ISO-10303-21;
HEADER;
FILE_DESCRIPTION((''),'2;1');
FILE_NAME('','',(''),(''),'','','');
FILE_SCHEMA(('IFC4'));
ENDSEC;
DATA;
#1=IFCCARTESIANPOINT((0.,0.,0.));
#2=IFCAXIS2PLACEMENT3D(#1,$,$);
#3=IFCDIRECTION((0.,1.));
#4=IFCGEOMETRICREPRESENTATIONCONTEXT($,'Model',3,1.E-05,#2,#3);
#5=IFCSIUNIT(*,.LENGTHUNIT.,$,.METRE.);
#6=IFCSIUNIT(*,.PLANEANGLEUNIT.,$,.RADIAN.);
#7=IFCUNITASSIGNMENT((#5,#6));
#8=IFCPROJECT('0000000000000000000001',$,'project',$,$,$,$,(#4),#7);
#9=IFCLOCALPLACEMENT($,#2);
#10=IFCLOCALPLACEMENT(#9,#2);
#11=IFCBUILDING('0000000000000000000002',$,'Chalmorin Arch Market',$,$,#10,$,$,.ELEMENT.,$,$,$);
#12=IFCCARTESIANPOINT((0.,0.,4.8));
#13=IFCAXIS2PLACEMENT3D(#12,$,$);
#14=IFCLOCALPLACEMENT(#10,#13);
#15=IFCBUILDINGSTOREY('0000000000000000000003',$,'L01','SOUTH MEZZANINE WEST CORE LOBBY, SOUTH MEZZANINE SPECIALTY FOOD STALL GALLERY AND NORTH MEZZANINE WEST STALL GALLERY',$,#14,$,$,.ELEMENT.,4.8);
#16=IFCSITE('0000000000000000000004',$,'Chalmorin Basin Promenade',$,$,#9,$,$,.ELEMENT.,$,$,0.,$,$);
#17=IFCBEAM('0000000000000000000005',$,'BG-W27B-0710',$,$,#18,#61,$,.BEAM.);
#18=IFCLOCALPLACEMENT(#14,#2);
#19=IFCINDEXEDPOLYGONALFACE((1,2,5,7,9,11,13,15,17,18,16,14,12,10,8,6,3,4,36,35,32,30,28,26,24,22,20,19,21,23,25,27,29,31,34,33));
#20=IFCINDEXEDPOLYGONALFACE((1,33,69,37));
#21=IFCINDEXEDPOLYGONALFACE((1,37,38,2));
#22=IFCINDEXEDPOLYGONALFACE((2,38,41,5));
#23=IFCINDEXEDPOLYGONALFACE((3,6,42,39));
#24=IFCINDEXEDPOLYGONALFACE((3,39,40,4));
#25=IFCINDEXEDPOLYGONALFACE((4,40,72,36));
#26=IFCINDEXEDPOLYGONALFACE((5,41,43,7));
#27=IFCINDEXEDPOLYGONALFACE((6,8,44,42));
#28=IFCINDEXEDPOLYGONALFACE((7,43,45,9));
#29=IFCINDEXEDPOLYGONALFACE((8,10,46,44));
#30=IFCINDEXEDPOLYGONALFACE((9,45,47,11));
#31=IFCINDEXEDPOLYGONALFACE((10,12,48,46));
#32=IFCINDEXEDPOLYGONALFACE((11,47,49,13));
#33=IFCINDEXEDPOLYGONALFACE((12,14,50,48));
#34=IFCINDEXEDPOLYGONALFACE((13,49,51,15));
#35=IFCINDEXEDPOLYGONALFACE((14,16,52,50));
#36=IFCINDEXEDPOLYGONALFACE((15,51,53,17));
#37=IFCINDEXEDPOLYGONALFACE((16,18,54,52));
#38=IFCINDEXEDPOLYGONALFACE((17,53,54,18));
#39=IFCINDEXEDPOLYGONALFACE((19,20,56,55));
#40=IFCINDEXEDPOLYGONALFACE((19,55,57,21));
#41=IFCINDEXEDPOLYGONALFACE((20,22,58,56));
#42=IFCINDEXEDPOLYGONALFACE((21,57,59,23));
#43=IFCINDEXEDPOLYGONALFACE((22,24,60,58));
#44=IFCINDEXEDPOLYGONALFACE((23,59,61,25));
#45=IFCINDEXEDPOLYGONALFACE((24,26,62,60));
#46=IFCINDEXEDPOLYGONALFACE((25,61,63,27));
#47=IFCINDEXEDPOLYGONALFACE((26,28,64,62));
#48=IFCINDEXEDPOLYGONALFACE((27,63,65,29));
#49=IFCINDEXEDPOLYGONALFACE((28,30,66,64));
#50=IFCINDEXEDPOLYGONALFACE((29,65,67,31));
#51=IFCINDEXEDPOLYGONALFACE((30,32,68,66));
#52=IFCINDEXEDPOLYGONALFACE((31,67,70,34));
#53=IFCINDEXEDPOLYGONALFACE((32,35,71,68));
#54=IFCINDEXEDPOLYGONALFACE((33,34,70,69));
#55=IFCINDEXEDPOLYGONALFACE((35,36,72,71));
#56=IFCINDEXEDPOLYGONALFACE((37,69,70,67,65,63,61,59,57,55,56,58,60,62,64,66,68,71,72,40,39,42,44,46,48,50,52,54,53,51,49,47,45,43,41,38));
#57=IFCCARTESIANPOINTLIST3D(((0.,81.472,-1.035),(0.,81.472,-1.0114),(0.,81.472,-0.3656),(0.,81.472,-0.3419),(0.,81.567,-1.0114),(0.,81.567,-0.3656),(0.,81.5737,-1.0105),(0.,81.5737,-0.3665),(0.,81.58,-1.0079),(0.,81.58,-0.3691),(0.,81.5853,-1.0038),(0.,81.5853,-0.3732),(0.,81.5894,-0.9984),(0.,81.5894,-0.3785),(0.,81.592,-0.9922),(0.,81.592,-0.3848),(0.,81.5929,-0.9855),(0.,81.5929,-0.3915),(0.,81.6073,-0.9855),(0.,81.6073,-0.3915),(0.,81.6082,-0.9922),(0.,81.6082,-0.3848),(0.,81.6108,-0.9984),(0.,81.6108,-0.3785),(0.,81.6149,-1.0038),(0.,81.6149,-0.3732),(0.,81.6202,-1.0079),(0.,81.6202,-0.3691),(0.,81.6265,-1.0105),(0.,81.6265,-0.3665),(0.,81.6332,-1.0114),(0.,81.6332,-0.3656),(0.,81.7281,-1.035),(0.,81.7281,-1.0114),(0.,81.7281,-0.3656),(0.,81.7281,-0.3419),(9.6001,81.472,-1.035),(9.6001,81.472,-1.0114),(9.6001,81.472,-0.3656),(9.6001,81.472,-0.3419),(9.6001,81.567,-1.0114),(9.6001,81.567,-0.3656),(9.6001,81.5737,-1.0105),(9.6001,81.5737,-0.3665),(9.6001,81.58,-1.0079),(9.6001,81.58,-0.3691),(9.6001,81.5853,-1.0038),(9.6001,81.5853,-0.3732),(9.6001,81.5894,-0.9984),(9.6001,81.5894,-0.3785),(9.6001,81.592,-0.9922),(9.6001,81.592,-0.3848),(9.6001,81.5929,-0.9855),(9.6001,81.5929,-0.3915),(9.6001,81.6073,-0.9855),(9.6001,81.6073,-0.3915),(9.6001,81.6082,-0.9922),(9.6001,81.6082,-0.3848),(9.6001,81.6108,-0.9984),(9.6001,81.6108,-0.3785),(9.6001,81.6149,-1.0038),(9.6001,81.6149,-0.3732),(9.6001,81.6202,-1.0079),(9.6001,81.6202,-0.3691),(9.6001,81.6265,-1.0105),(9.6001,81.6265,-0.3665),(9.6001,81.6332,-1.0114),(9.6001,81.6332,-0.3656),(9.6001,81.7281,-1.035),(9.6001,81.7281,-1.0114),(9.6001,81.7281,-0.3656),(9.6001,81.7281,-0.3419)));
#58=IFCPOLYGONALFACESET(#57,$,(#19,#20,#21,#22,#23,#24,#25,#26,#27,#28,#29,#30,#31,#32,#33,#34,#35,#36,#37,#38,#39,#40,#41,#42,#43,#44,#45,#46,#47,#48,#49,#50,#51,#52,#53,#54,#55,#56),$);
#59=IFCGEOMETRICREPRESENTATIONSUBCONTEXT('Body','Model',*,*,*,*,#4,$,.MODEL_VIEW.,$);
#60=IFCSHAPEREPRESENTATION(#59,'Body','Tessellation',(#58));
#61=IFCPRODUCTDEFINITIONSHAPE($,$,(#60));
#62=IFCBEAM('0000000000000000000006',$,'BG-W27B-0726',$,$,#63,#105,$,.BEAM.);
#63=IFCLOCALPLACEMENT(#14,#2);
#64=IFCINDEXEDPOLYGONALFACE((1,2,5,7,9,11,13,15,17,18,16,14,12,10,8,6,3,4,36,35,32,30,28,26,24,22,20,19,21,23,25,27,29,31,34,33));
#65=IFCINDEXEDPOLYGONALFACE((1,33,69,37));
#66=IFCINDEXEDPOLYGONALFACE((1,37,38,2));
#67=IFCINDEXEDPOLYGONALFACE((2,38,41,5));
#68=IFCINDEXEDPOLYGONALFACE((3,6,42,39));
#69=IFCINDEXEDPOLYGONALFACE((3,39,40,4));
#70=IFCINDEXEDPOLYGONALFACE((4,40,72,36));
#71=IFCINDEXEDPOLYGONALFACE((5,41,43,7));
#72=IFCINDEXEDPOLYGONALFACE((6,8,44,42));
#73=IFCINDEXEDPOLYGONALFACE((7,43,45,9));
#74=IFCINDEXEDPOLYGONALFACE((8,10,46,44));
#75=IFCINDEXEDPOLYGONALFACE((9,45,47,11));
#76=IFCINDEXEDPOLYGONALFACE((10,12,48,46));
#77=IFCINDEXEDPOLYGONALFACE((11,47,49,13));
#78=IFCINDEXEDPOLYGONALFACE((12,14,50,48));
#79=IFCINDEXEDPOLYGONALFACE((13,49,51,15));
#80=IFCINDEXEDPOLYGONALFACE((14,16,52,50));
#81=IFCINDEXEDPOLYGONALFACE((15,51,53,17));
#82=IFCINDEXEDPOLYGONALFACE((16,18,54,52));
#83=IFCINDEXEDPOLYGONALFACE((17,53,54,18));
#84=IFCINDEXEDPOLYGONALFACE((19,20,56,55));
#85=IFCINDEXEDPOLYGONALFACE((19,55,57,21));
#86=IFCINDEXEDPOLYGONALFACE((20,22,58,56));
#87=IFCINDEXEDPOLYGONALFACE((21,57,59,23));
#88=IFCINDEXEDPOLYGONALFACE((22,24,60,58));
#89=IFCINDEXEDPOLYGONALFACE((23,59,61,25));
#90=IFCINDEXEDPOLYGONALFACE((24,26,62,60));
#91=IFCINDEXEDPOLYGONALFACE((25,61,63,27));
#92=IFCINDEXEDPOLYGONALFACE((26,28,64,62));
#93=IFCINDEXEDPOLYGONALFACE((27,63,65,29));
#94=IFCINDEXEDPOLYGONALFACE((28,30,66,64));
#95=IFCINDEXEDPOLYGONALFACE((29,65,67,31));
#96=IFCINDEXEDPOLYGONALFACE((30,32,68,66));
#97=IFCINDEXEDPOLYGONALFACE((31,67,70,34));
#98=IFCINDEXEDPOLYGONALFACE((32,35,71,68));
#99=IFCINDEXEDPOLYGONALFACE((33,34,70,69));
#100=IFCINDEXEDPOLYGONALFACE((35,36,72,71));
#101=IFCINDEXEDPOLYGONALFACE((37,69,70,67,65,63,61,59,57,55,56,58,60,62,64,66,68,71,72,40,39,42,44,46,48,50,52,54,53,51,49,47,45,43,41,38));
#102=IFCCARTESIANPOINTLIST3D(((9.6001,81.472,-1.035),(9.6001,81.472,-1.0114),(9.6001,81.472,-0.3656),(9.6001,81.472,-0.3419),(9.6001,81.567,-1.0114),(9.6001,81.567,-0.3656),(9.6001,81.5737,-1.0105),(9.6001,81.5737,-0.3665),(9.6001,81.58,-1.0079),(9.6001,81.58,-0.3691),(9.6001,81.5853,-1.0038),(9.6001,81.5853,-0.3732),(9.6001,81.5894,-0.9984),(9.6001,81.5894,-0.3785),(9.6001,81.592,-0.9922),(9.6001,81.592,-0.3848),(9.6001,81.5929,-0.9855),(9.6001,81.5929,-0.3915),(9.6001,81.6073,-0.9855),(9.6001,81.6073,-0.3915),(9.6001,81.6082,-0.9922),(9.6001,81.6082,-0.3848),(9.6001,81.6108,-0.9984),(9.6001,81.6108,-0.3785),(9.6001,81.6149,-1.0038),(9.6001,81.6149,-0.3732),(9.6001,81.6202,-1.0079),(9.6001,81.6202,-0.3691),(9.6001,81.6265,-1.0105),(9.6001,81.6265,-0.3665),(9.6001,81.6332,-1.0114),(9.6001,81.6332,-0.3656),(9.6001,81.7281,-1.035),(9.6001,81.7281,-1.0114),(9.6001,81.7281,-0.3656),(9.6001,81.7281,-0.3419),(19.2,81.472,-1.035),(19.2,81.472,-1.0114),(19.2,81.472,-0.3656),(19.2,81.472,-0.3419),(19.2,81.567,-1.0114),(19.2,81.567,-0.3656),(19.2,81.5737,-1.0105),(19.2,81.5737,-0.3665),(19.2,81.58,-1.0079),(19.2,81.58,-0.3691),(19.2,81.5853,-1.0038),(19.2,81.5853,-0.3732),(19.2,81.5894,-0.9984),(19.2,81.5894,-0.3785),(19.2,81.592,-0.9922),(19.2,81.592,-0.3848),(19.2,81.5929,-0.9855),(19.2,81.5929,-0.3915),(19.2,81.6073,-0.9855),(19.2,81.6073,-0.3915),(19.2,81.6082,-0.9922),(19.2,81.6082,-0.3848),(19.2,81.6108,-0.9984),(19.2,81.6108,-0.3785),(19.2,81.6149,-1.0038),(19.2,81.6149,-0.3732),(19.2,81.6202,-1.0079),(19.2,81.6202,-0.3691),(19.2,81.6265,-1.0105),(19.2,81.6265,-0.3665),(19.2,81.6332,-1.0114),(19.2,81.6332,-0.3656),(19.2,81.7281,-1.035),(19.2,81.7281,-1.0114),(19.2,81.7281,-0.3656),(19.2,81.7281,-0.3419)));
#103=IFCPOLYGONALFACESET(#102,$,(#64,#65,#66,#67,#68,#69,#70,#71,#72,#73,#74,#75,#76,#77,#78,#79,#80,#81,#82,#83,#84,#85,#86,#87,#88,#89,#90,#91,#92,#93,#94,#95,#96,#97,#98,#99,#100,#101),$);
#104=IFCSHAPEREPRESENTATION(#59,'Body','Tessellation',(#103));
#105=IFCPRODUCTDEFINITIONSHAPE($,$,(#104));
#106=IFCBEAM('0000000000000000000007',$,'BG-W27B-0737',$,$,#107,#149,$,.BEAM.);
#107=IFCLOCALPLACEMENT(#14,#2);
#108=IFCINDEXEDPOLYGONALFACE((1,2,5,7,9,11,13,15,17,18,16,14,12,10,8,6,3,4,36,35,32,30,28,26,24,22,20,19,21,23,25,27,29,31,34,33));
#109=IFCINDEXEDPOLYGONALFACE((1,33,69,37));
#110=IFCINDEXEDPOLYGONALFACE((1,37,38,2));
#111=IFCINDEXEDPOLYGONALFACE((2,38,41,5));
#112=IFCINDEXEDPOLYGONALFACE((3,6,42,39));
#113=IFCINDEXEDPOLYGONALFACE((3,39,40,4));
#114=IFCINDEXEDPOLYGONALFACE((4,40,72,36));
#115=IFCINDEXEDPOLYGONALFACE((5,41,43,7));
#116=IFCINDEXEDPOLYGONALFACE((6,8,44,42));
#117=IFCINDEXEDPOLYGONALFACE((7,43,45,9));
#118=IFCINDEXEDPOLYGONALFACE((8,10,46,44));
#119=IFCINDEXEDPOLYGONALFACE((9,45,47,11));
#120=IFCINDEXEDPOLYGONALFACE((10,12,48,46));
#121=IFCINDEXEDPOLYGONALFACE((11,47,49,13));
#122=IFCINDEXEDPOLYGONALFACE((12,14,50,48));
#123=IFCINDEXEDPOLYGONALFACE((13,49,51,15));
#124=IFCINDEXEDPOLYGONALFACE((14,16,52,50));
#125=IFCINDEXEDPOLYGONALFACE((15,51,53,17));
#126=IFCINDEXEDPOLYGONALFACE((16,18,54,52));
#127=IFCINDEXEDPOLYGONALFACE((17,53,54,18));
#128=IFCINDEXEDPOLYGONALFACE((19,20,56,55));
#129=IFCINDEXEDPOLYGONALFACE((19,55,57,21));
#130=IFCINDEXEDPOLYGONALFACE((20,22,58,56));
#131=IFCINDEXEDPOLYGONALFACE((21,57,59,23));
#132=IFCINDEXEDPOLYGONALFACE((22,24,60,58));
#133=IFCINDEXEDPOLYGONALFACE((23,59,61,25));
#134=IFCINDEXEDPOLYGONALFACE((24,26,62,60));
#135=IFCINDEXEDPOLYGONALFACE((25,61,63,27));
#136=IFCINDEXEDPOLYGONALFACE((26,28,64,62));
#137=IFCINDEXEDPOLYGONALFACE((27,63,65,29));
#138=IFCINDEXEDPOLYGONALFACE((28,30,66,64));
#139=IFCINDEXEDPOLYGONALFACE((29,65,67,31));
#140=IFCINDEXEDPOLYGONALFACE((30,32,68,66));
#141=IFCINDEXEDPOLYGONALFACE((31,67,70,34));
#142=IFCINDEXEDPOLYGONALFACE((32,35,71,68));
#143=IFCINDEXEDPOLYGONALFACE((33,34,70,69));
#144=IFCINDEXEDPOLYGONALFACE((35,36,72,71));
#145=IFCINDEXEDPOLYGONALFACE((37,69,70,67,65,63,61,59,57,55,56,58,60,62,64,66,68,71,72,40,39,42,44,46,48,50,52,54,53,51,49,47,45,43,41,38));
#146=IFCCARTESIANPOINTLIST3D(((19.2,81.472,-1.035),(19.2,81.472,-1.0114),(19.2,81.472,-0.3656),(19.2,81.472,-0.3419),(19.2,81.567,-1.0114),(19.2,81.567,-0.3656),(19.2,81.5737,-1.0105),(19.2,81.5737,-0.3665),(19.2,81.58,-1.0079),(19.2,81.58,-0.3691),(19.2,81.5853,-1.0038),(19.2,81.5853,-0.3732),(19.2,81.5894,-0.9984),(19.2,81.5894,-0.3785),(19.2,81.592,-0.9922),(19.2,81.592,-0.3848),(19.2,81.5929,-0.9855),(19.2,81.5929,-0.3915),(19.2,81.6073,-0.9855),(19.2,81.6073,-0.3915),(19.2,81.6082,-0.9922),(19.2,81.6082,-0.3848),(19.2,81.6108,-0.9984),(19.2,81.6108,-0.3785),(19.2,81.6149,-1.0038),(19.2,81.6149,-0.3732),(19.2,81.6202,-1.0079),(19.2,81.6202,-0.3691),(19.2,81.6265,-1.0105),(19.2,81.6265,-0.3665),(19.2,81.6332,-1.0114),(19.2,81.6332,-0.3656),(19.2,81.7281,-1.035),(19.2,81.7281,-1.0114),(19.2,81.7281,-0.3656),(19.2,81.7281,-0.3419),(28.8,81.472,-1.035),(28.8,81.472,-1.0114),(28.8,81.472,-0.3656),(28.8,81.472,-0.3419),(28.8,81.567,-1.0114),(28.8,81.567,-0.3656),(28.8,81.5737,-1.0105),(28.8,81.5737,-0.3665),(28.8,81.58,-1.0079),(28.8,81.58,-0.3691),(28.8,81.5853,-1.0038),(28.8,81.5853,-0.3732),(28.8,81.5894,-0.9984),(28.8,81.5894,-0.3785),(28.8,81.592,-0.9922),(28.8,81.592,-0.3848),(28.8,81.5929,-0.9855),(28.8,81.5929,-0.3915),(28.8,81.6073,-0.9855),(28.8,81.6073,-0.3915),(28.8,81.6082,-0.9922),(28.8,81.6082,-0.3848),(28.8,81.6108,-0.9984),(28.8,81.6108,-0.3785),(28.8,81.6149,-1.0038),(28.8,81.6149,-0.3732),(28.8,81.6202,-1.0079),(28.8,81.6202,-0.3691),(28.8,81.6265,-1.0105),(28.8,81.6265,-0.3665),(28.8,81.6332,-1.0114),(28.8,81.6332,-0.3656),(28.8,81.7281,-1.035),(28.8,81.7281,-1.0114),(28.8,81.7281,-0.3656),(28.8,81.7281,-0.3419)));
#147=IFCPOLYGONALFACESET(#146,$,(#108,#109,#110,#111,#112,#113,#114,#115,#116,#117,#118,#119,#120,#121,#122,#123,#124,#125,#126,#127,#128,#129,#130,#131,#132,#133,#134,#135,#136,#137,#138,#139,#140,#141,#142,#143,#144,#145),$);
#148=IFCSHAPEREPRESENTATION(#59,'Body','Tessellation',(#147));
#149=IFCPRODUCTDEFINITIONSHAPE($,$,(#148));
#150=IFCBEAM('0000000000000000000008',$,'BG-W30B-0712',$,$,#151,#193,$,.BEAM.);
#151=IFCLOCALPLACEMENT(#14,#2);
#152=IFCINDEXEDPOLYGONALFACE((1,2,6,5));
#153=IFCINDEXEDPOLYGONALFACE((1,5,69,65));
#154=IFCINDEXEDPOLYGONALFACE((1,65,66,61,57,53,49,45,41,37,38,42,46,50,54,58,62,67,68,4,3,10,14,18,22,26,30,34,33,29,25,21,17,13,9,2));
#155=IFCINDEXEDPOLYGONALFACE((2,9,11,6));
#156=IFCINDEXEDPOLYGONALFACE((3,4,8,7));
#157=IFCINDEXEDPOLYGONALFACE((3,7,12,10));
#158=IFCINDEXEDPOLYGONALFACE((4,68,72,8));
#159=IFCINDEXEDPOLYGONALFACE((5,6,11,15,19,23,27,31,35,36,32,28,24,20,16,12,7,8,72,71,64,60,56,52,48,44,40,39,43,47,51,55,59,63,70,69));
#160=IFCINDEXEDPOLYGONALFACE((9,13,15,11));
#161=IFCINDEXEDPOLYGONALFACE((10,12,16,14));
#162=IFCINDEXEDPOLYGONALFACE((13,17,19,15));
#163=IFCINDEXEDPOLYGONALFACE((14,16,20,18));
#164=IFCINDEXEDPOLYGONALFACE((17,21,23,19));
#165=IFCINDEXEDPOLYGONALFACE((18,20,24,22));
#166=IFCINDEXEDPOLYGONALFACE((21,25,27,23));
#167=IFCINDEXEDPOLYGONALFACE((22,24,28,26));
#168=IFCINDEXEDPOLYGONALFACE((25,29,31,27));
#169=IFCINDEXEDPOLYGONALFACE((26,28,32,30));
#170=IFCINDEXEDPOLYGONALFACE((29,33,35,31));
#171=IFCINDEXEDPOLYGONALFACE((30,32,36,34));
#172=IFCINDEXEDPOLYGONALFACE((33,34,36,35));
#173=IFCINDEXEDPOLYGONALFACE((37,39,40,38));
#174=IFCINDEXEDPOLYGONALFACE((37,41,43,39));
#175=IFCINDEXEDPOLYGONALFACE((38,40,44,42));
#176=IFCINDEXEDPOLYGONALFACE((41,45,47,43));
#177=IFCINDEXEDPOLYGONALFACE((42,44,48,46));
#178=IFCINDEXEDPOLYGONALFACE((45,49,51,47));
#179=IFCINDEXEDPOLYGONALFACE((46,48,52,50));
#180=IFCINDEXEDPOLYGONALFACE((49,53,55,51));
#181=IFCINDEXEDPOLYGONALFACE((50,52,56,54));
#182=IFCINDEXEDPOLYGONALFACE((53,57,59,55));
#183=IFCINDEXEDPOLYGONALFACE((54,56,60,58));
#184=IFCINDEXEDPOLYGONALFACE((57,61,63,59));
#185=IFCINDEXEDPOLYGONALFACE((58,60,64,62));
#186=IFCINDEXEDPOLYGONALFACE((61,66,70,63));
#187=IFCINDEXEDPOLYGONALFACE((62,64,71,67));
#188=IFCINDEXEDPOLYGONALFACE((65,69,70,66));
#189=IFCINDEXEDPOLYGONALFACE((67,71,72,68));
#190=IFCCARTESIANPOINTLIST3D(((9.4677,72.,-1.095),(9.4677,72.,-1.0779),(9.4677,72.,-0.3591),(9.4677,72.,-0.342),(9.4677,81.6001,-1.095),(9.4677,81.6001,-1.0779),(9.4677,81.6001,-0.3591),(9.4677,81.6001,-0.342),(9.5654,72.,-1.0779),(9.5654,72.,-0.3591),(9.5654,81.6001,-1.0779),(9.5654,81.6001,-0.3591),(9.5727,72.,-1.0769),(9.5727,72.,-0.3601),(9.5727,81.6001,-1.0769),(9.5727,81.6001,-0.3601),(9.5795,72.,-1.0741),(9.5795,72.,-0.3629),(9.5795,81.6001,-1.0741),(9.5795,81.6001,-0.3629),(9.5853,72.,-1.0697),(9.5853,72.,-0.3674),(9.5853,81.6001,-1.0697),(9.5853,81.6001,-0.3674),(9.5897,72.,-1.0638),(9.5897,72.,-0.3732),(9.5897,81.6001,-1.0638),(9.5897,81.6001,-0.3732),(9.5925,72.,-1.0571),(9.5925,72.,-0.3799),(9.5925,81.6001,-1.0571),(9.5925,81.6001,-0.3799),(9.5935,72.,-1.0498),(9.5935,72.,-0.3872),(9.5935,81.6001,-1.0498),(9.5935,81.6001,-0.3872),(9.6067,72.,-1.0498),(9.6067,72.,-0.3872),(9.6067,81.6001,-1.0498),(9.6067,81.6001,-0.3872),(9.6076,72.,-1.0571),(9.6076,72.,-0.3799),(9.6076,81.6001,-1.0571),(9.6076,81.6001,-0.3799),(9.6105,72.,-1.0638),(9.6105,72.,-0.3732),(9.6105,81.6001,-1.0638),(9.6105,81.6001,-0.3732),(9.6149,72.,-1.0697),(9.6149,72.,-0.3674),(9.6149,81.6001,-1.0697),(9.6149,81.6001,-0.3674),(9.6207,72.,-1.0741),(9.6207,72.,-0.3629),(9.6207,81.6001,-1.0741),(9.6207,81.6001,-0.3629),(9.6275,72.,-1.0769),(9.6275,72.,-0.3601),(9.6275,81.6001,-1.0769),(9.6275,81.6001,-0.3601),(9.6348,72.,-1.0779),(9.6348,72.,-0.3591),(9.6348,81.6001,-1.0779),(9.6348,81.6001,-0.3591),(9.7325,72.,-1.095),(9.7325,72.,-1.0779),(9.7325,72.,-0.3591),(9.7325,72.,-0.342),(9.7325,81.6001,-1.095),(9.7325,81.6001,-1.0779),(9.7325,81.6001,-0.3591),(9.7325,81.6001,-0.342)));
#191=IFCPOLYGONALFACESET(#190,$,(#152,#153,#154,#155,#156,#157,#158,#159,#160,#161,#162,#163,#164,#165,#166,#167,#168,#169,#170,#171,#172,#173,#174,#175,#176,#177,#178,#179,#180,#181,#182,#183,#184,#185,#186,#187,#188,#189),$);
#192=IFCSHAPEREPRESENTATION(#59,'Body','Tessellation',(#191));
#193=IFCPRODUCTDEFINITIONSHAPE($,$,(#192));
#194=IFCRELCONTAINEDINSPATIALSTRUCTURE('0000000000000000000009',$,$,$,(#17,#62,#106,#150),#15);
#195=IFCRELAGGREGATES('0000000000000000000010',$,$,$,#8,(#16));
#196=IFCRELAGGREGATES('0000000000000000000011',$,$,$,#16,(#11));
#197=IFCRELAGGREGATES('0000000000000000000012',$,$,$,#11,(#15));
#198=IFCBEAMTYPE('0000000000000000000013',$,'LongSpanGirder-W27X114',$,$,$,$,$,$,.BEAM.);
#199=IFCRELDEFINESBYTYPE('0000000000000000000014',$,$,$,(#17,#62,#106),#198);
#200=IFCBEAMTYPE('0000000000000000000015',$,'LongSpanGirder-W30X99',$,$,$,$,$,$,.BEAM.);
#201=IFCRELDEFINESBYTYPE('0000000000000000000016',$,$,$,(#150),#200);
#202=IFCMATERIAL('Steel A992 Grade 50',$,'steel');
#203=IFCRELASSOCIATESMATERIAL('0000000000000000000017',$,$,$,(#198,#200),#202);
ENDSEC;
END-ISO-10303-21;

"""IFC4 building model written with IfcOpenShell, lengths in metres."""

from ifc_helpers import new_model, si_unit, direction, frame, origin, origin_2d, place, context, subcontext, project, spatial, i_section, extrude, material, material_profile, profile_set, type_object, element, save


model = new_model("IFC4")

# Units and contexts
model_context = context("Model", 3, precision=1e-05, world=origin(), true_north=direction((0.0, 1.0)))
body_context = subcontext(model_context, "Body", "Model", "MODEL_VIEW")
ifc_project = project(units=[si_unit("LENGTHUNIT", "METRE"), si_unit("PLANEANGLEUNIT", "RADIAN")], contexts=[model_context])

# Site, building, storey
site_placement = place(None, origin())
site = spatial("IfcSite", under=ifc_project, at=site_placement, Name="Chalmorin Basin Promenade", CompositionType="ELEMENT", RefElevation=0.0)
building_placement = place(site_placement, origin())
building = spatial("IfcBuilding", under=site, at=building_placement, Name="Chalmorin Arch Market", CompositionType="ELEMENT")
storey_placement = place(building_placement, frame((0.0, 0.0, 4.8)))
storey = spatial("IfcBuildingStorey", under=building, at=storey_placement, Name="L01", Description="SOUTH MEZZANINE WEST CORE LOBBY, SOUTH MEZZANINE SPECIALTY FOOD STALL GALLERY AND NORTH MEZZANINE WEST STALL GALLERY", CompositionType="ELEMENT", Elevation=4.8)

# Beams
ifc_material_1 = material(Name="Steel A992 Grade 50", Category="steel")
ifc_material_profile_1 = material_profile(ifc_material_1, i_section(OverallWidth=0.2561, OverallDepth=0.6931, WebThickness=0.0144, FlangeThickness=0.0237, FilletRadius=0.0259, at=origin_2d()), Name="W27X114")
ifc_profile_set_1 = profile_set([ifc_material_profile_1], Name="Steel A992 Grade 50")
beam_type_1 = type_object("IfcBeamType", Name="LongSpanGirder-W27X114", PredefinedType="BEAM", material=ifc_profile_set_1)
beam_1_placement = place(storey_placement, frame((0.0, 81.6001, -0.6885), z_axis=(1.0, 0.0, 0.0), x_axis=(0.0, 1.0, 0.0)))
element("IfcBeam", 1, at=beam_1_placement, inside=storey, type_object=beam_type_1, Name="BG-W27B-0710", PredefinedType="BEAM", context=body_context, shape_type="SweptSolid", body=[
    extrude(i_section(OverallWidth=0.2561, OverallDepth=0.6931, WebThickness=0.0144, FlangeThickness=0.0237, FilletRadius=0.0259, at=origin_2d()), origin(), (0.0, 0.0, 1.0), 9.6001),
])
beam_2_placement = place(storey_placement, frame((9.6001, 81.6001, -0.6885), z_axis=(1.0, 0.0, 0.0), x_axis=(0.0, 1.0, 0.0)))
element("IfcBeam", 2, at=beam_2_placement, inside=storey, type_object=beam_type_1, Name="BG-W27B-0726", PredefinedType="BEAM", context=body_context, shape_type="SweptSolid", body=[
    extrude(i_section(OverallWidth=0.2561, OverallDepth=0.6931, WebThickness=0.0144, FlangeThickness=0.0237, FilletRadius=0.0259, at=origin_2d()), origin(), (0.0, 0.0, 1.0), 9.5999),
])
beam_3_placement = place(storey_placement, frame((19.2, 81.6001, -0.6885), z_axis=(1.0, 0.0, 0.0), x_axis=(0.0, 1.0, 0.0)))
element("IfcBeam", 3, at=beam_3_placement, inside=storey, type_object=beam_type_1, Name="BG-W27B-0737", PredefinedType="BEAM", context=body_context, shape_type="SweptSolid", body=[
    extrude(i_section(OverallWidth=0.2561, OverallDepth=0.6931, WebThickness=0.0144, FlangeThickness=0.0237, FilletRadius=0.0259, at=origin_2d()), origin(), (0.0, 0.0, 1.0), 9.6001),
])
ifc_material_profile_2 = material_profile(ifc_material_1, i_section(OverallWidth=0.2649, OverallDepth=0.7529, WebThickness=0.0132, FlangeThickness=0.0171, FilletRadius=0.0281, at=origin_2d()), Name="W30X99")
ifc_profile_set_2 = profile_set([ifc_material_profile_2], Name="Steel A992 Grade 50")
beam_type_2 = type_object("IfcBeamType", Name="LongSpanGirder-W30X99", PredefinedType="BEAM", material=ifc_profile_set_2)
beam_4_placement = place(storey_placement, frame((9.6001, 72.0, -0.7185), z_axis=(0.0, 1.0, 0.0), x_axis=(-1.0, 0.0, 0.0)))
element("IfcBeam", 4, at=beam_4_placement, inside=storey, type_object=beam_type_2, Name="BG-W30B-0712", PredefinedType="BEAM", context=body_context, shape_type="SweptSolid", body=[
    extrude(i_section(OverallWidth=0.2649, OverallDepth=0.7529, WebThickness=0.0132, FlangeThickness=0.0171, FilletRadius=0.0281, at=origin_2d()), origin(), (0.0, 0.0, 1.0), 9.6001),
])

save(model, "model.ifc")
